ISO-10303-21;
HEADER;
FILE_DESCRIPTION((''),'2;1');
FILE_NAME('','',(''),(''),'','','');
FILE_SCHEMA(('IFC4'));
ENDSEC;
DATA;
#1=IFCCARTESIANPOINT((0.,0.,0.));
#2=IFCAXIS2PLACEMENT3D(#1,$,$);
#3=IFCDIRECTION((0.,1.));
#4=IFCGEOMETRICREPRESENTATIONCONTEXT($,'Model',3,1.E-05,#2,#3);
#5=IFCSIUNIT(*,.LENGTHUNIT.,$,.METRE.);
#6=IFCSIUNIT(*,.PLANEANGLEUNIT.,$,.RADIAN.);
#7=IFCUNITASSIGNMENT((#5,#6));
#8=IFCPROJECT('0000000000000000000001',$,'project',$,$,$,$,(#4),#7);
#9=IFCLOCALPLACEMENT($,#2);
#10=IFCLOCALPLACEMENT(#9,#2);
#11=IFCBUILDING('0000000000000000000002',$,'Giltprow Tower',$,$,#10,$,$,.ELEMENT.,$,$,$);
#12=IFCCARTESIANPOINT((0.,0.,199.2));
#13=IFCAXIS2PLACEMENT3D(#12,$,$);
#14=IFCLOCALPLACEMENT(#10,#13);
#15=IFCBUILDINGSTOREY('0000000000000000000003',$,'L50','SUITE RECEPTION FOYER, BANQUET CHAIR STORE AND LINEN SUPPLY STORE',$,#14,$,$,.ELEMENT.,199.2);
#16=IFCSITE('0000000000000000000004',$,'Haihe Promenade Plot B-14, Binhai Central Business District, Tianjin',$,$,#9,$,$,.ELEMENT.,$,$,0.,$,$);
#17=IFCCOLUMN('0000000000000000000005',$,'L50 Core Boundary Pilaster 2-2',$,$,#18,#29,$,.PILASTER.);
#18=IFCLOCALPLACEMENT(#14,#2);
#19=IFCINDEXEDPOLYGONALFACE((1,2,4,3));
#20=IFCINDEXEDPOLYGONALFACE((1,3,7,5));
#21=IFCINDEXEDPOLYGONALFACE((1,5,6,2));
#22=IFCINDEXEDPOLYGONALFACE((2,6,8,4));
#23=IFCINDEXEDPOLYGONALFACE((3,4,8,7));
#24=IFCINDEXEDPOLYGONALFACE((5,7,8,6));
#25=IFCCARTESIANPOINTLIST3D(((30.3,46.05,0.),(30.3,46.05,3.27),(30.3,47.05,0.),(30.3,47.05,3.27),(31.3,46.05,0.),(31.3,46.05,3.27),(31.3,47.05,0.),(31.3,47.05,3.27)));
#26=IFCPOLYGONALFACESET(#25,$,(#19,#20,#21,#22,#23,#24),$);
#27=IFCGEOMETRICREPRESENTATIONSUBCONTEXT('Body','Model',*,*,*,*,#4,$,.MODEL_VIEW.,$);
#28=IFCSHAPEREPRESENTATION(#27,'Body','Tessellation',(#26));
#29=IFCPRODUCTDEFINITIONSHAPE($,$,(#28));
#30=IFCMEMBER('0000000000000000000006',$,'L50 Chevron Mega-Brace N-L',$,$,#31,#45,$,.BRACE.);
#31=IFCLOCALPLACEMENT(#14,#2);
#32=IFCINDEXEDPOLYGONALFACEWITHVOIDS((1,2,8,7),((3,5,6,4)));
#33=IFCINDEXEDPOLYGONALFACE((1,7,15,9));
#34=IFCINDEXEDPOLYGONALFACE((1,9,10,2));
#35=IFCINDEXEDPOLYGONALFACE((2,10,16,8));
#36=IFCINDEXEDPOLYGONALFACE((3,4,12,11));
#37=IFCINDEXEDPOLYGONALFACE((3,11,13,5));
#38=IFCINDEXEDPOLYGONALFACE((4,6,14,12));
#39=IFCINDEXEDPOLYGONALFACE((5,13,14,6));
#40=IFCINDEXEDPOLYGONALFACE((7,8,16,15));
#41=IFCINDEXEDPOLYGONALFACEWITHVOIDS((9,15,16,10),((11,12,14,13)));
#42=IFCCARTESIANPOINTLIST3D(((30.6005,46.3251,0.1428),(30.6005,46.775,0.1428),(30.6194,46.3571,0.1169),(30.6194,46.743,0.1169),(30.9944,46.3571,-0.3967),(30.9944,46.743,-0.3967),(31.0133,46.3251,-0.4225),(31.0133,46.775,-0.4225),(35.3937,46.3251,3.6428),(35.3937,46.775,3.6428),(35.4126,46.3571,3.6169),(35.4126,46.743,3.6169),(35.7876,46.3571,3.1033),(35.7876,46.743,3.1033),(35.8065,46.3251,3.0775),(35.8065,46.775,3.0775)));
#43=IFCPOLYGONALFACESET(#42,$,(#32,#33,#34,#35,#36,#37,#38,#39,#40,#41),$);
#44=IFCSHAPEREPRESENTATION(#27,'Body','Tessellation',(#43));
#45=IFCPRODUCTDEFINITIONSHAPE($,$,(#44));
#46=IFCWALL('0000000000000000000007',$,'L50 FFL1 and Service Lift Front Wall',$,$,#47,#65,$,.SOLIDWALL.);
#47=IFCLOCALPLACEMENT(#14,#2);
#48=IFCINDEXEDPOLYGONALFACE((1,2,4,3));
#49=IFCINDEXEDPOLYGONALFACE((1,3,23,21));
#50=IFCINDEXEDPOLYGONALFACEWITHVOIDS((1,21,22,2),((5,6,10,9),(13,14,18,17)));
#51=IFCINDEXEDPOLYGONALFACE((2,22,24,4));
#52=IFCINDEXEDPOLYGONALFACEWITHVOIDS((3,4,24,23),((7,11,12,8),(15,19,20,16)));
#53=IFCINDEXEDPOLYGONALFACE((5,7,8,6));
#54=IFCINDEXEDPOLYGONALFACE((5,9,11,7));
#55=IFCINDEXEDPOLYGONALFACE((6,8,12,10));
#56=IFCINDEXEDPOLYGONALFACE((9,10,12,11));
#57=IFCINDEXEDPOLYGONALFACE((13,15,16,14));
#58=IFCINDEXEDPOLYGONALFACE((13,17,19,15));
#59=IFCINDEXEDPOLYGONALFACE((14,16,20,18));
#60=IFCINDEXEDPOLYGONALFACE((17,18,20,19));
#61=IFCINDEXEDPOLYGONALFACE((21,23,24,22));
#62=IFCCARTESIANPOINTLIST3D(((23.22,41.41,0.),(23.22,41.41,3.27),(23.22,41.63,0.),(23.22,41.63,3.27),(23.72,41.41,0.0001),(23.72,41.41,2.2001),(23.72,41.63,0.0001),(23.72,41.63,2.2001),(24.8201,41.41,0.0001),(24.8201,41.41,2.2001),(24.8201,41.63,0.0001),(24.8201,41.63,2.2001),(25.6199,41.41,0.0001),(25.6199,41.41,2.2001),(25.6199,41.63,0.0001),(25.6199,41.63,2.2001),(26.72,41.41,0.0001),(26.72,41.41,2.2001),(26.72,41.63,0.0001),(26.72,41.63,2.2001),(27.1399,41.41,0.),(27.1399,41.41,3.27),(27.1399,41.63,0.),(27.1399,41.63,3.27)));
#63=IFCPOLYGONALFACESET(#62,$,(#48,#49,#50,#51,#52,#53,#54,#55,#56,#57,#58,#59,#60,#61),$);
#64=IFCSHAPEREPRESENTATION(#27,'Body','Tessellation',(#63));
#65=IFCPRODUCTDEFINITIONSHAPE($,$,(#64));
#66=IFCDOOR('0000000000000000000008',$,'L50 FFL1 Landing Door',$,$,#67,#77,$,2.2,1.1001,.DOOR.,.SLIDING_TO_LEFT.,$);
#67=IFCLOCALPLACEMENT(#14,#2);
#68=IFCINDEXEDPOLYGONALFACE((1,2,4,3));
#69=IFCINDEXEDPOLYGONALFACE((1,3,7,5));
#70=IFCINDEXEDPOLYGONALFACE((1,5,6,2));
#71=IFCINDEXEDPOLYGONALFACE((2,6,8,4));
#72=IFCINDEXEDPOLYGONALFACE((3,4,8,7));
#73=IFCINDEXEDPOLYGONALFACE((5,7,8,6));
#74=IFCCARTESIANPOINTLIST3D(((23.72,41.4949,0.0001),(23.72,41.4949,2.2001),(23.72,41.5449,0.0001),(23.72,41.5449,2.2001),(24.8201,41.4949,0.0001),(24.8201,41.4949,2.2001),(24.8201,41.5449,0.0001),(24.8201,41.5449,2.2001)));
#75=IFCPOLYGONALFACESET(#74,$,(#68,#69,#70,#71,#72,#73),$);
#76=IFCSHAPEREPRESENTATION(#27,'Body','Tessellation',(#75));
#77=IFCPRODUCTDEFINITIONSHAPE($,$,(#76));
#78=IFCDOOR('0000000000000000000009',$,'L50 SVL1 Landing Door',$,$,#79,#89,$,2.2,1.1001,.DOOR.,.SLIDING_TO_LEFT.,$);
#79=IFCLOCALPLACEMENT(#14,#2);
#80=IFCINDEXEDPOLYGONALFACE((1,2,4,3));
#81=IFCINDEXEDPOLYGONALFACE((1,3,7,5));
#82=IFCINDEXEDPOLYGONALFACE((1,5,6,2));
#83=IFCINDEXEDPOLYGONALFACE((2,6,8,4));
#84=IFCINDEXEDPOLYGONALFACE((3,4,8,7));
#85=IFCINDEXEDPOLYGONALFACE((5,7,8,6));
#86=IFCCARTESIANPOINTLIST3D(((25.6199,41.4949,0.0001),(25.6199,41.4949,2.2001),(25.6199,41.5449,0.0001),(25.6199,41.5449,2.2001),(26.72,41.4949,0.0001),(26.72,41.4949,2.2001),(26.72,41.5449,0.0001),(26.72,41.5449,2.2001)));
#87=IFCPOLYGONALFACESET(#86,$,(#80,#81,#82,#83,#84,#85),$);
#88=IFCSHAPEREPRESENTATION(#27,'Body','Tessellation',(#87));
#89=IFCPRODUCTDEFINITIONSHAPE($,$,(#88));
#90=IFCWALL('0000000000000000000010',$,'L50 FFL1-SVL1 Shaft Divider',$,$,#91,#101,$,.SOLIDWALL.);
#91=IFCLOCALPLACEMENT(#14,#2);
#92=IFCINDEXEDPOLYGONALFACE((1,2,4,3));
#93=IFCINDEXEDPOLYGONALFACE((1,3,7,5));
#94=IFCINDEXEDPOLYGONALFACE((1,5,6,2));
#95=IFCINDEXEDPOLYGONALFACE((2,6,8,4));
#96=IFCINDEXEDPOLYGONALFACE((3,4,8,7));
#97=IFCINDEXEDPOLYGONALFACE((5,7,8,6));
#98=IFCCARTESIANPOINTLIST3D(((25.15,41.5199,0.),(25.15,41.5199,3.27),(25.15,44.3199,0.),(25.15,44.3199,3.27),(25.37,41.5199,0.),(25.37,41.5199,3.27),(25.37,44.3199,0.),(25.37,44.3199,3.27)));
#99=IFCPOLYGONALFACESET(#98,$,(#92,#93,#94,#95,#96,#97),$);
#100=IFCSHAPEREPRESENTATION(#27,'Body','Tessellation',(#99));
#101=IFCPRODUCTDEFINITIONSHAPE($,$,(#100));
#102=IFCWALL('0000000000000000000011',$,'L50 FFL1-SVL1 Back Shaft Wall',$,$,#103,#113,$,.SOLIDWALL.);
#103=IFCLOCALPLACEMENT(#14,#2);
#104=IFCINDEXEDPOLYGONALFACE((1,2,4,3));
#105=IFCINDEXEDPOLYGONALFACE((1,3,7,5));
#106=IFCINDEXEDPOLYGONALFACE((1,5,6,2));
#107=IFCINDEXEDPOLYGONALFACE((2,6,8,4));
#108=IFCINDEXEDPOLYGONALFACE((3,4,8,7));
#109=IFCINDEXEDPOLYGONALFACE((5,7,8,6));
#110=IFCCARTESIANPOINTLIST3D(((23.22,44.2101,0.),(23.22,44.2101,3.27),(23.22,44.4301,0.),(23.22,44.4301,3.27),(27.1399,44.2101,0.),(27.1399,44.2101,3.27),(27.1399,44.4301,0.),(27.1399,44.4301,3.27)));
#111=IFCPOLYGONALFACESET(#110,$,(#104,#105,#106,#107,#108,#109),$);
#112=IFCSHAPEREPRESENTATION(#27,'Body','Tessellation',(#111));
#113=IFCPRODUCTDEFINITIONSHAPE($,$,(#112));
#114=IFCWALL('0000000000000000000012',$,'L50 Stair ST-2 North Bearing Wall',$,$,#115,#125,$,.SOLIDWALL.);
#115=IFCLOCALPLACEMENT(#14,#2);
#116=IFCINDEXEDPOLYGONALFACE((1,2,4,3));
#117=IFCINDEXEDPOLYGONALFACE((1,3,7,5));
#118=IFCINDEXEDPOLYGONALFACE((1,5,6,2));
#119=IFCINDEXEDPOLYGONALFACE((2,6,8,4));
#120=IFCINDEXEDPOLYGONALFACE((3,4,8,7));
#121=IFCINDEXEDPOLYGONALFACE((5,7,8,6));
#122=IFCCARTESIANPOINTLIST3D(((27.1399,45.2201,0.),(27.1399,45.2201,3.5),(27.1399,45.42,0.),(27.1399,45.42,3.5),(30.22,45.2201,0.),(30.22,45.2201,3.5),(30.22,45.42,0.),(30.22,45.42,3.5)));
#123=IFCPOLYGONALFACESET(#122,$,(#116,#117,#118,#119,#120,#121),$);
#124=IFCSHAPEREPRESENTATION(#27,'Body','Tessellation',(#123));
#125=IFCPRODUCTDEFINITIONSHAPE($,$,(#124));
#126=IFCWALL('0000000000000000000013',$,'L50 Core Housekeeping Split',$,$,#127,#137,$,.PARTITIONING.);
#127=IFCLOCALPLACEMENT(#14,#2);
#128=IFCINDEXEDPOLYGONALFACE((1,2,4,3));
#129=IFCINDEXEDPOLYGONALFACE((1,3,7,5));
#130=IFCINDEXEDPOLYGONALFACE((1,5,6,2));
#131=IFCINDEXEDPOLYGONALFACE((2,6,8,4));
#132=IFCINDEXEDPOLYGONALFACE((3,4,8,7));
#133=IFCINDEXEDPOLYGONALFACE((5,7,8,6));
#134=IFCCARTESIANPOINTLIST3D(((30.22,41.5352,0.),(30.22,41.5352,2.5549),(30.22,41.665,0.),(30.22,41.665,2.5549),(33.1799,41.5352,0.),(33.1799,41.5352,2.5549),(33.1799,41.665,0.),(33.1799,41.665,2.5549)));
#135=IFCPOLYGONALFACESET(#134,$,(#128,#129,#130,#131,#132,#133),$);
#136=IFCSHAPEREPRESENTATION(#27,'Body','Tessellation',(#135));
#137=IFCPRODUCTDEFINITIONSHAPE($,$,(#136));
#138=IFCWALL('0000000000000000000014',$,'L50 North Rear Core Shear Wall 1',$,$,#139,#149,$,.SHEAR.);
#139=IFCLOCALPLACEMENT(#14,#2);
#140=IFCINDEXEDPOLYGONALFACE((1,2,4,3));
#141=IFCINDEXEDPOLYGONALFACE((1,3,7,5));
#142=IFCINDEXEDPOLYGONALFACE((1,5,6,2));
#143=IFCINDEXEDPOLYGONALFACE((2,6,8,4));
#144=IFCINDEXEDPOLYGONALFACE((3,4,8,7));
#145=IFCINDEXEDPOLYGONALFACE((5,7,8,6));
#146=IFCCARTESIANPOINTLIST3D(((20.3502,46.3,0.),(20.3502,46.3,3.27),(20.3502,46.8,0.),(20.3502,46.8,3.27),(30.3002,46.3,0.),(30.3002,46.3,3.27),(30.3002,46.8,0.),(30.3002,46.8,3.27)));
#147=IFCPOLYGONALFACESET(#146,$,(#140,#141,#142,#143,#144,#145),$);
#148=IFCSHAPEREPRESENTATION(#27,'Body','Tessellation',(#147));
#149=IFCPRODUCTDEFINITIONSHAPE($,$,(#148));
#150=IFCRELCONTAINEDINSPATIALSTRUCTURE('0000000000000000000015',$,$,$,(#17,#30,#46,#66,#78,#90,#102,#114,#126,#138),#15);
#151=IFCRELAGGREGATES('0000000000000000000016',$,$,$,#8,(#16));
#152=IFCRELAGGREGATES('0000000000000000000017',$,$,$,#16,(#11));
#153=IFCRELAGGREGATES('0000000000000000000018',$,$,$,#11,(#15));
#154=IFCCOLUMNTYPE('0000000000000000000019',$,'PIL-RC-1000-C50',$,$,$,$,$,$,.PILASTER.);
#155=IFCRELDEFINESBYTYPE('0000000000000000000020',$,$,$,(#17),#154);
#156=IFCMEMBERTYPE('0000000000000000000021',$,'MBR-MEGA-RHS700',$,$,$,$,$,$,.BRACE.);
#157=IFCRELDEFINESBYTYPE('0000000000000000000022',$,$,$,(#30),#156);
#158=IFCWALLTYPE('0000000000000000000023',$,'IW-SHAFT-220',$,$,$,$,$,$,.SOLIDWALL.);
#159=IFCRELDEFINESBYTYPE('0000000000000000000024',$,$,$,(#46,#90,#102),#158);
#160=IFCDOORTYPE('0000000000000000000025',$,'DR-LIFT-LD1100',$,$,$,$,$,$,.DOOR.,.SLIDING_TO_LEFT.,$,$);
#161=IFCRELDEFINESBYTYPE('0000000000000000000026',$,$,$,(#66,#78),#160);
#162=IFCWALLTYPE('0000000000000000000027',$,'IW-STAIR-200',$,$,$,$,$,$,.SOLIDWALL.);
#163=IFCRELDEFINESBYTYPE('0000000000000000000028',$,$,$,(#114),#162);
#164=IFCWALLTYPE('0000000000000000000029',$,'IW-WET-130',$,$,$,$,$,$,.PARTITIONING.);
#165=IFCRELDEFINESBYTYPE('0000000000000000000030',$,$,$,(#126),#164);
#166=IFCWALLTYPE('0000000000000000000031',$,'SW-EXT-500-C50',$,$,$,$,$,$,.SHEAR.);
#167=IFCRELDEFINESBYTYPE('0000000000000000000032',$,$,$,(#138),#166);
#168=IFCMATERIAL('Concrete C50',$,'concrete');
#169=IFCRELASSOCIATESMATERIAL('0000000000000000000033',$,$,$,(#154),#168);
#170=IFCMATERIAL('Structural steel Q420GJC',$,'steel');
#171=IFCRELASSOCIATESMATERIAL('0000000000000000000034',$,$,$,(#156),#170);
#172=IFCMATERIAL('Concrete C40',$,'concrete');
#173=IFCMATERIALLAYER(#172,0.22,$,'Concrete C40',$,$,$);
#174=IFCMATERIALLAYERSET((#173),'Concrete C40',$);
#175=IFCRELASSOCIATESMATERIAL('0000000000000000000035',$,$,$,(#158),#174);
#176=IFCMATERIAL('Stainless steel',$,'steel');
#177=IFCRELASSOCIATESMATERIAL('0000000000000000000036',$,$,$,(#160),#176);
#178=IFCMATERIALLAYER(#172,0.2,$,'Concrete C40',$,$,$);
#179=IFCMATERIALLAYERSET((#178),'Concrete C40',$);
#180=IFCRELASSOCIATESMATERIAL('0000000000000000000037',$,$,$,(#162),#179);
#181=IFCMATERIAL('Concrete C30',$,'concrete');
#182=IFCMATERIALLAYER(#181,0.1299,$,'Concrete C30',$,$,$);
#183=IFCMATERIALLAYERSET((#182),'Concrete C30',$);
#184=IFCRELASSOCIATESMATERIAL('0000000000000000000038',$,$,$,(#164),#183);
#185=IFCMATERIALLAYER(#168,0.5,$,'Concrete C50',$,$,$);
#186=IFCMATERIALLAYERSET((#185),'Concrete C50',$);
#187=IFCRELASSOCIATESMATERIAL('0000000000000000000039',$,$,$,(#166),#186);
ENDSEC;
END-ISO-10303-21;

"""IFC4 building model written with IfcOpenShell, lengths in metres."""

from ifc_helpers import new_model, si_unit, direction, frame, frame_2d, origin, origin_2d, place, context, subcontext, project, spatial, rectangle, hollow_rectangle, extrude, source, transform, mapped, material, layer, layer_set, material_profile, profile_set, type_object, element, fill, save


model = new_model("IFC4")

# Units and contexts
model_context = context("Model", 3, precision=1e-05, world=origin(), true_north=direction((0.0, 1.0)))
body_context = subcontext(model_context, "Body", "Model", "MODEL_VIEW")
ifc_project = project(units=[si_unit("LENGTHUNIT", "METRE"), si_unit("PLANEANGLEUNIT", "RADIAN")], contexts=[model_context])

# Site, building, storey
site_placement = place(None, origin())
site = spatial("IfcSite", under=ifc_project, at=site_placement, Name="Haihe Promenade Plot B-14, Binhai Central Business District, Tianjin", CompositionType="ELEMENT", RefElevation=0.0)
building_placement = place(site_placement, origin())
building = spatial("IfcBuilding", under=site, at=building_placement, Name="Giltprow Tower", CompositionType="ELEMENT")
storey_placement = place(building_placement, frame((0.0, 0.0, 199.2)))
storey = spatial("IfcBuildingStorey", under=building, at=storey_placement, Name="L50", Description="SUITE RECEPTION FOYER, BANQUET CHAIR STORE AND LINEN SUPPLY STORE", CompositionType="ELEMENT", Elevation=199.2)

# Column
ifc_material_1 = material(Name="Concrete C50", Category="concrete")
ifc_material_profile_1 = material_profile(ifc_material_1, rectangle(XDim=1.0, YDim=1.0, at=origin_2d()), Name="RC 1000x1000")
ifc_profile_set_1 = profile_set([ifc_material_profile_1], Name="Concrete C50")
column_type = type_object("IfcColumnType", Name="PIL-RC-1000-C50", PredefinedType="PILASTER", material=ifc_profile_set_1)
shared_shape_1 = source(origin(), body_context, "Body", "SweptSolid", [
    extrude(rectangle(XDim=1.0, YDim=1.0, at=origin_2d()), origin(), (0.0, 0.0, 1.0), 3.27),
])
column_placement = place(storey_placement, frame((30.8, 46.55, 0.0), z_axis=(0.0, 0.0, 1.0), x_axis=(1.0, 0.0, 0.0)))
element("IfcColumn", 1, at=column_placement, inside=storey, type_object=column_type, Name="L50 Core Boundary Pilaster 2-2", PredefinedType="PILASTER", context=body_context, shape_type="MappedRepresentation", body=[
    mapped(shared_shape_1, transform((0.0, 0.0, 0.0), x_axis=(1.0, 0.0, 0.0), y_axis=(0.0, 1.0, 0.0), z_axis=(0.0, 0.0, 1.0), scale=1.0)),
])

# Member
ifc_material_2 = material(Name="Structural steel Q420GJC", Category="steel")
ifc_material_profile_2 = material_profile(ifc_material_2, hollow_rectangle(XDim=0.45, YDim=0.7, WallThickness=0.032, at=origin_2d()), Name="RHS 700x450x32")
ifc_profile_set_2 = profile_set([ifc_material_profile_2], Name="Structural steel Q420GJC")
member_type = type_object("IfcMemberType", Name="MBR-MEGA-RHS700", PredefinedType="BRACE", material=ifc_profile_set_2)
shared_shape_2 = source(origin(), body_context, "Body", "SweptSolid", [
    extrude(hollow_rectangle(XDim=0.45, YDim=0.7, WallThickness=0.032, at=origin_2d()), origin(), (0.0, 0.0, 1.0), 5.9351),
])
member_placement = place(storey_placement, frame((30.8069, 46.55, -0.1399), z_axis=(0.80761, 0.0, 0.589716), x_axis=(0.0, 1.0, 0.0)))
element("IfcMember", 2, at=member_placement, inside=storey, type_object=member_type, Name="L50 Chevron Mega-Brace N-L", PredefinedType="BRACE", context=body_context, shape_type="MappedRepresentation", body=[
    mapped(shared_shape_2, transform((0.0, 0.0, 0.0), x_axis=(1.0, 0.0, 0.0), y_axis=(0.0, 1.0, 0.0), z_axis=(0.0, 0.0, 1.0), scale=1.0)),
])

# Wall, openings, doors
ifc_material_3 = material(Name="Concrete C40", Category="concrete")
ifc_layer_1 = layer(ifc_material_3, 0.22, Name="Concrete C40")
ifc_layer_set_1 = layer_set([ifc_layer_1], Name="Concrete C40")
wall_type_1 = type_object("IfcWallType", Name="IW-SHAFT-220", PredefinedType="SOLIDWALL", material=ifc_layer_set_1)
wall_1_placement = place(storey_placement, frame((23.22, 41.52, 0.0), z_axis=(0.0, 0.0, 1.0), x_axis=(1.0, 0.0, 0.0)))
wall_1 = element("IfcWall", 3, at=wall_1_placement, inside=storey, type_object=wall_type_1, Name="L50 FFL1 and Service Lift Front Wall", PredefinedType="SOLIDWALL", context=body_context, shape_type="SweptSolid", body=[
    extrude(rectangle(XDim=3.9199, YDim=0.22, at=frame_2d((1.96, 0.0))), origin(), (0.0, 0.0, 1.0), 3.27),
])
opening_1_placement = place(wall_1_placement, frame((0.5, 0.0, 0.0)))
opening_1 = element("IfcOpeningElement", 4, at=opening_1_placement, cuts=wall_1, PredefinedType="OPENING", context=body_context, shape_type="SweptSolid", body=[
    extrude(rectangle(XDim=1.1001, YDim=2.2, at=frame_2d((0.55, 1.1001))), frame((0.0, 0.1199, 0.0), z_axis=(0.0, -1.0, 0.0), x_axis=(1.0, 0.0, 0.0)), (0.0, 0.0, 1.0), 0.24),
])
opening_2_placement = place(wall_1_placement, frame((2.3999, 0.0, 0.0)))
opening_2 = element("IfcOpeningElement", 5, at=opening_2_placement, cuts=wall_1, PredefinedType="OPENING", context=body_context, shape_type="SweptSolid", body=[
    extrude(rectangle(XDim=1.1001, YDim=2.2, at=frame_2d((0.55, 1.1001))), frame((0.0, 0.1199, 0.0), z_axis=(0.0, -1.0, 0.0), x_axis=(1.0, 0.0, 0.0)), (0.0, 0.0, 1.0), 0.24),
])
ifc_material_4 = material(Name="Stainless steel", Category="steel")
door_type = type_object("IfcDoorType", Name="DR-LIFT-LD1100", OperationType="SLIDING_TO_LEFT", PredefinedType="DOOR", material=ifc_material_4)
shared_shape_3 = source(origin(), body_context, "Body", "SweptSolid", [
    extrude(rectangle(XDim=1.1001, YDim=2.2, at=frame_2d((0.55, 1.1001))), frame((0.0, 0.0249, 0.0), z_axis=(0.0, -1.0, 0.0), x_axis=(1.0, 0.0, 0.0)), (0.0, 0.0, 1.0), 0.05),
])
door_1_placement = place(opening_1_placement, origin())
door_1 = element("IfcDoor", 6, at=door_1_placement, inside=storey, type_object=door_type, Name="L50 FFL1 Landing Door", OperationType="SLIDING_TO_LEFT", OverallHeight=2.2, OverallWidth=1.1001, PredefinedType="DOOR", context=body_context, shape_type="MappedRepresentation", body=[
    mapped(shared_shape_3, transform((0.0, 0.0, 0.0), x_axis=(1.0, 0.0, 0.0), y_axis=(0.0, 1.0, 0.0), z_axis=(0.0, 0.0, 1.0), scale=1.0)),
])
fill(opening_1, door_1)
door_2_placement = place(opening_2_placement, origin())
door_2 = element("IfcDoor", 7, at=door_2_placement, inside=storey, type_object=door_type, Name="L50 SVL1 Landing Door", OperationType="SLIDING_TO_LEFT", OverallHeight=2.2, OverallWidth=1.1001, PredefinedType="DOOR", context=body_context, shape_type="MappedRepresentation", body=[
    mapped(shared_shape_3, transform((0.0, 0.0, 0.0), x_axis=(1.0, 0.0, 0.0), y_axis=(0.0, 1.0, 0.0), z_axis=(0.0, 0.0, 1.0), scale=1.0)),
])
fill(opening_2, door_2)

# Walls
wall_2_placement = place(storey_placement, frame((25.26, 41.52, 0.0), z_axis=(0.0, 0.0, 1.0), x_axis=(0.0, 1.0, 0.0)))
element("IfcWall", 8, at=wall_2_placement, inside=storey, type_object=wall_type_1, Name="L50 FFL1-SVL1 Shaft Divider", PredefinedType="SOLIDWALL", context=body_context, shape_type="SweptSolid", body=[
    extrude(rectangle(XDim=2.8, YDim=0.22, at=frame_2d((1.3999, 0.0))), origin(), (0.0, 0.0, 1.0), 3.27),
])
wall_3_placement = place(storey_placement, frame((23.22, 44.3201, 0.0), z_axis=(0.0, 0.0, 1.0), x_axis=(1.0, 0.0, 0.0)))
element("IfcWall", 9, at=wall_3_placement, inside=storey, type_object=wall_type_1, Name="L50 FFL1-SVL1 Back Shaft Wall", PredefinedType="SOLIDWALL", context=body_context, shape_type="SweptSolid", body=[
    extrude(rectangle(XDim=3.9199, YDim=0.22, at=frame_2d((1.96, 0.0))), origin(), (0.0, 0.0, 1.0), 3.27),
])
ifc_layer_2 = layer(ifc_material_3, 0.2, Name="Concrete C40")
ifc_layer_set_2 = layer_set([ifc_layer_2], Name="Concrete C40")
wall_type_2 = type_object("IfcWallType", Name="IW-STAIR-200", PredefinedType="SOLIDWALL", material=ifc_layer_set_2)
wall_4_placement = place(storey_placement, frame((27.1399, 45.3201, 0.0), z_axis=(0.0, 0.0, 1.0), x_axis=(1.0, 0.0, 0.0)))
element("IfcWall", 10, at=wall_4_placement, inside=storey, type_object=wall_type_2, Name="L50 Stair ST-2 North Bearing Wall", PredefinedType="SOLIDWALL", context=body_context, shape_type="SweptSolid", body=[
    extrude(rectangle(XDim=3.0801, YDim=0.2, at=frame_2d((1.54, 0.0))), origin(), (0.0, 0.0, 1.0), 3.5),
])
ifc_material_5 = material(Name="Concrete C30", Category="concrete")
ifc_layer_3 = layer(ifc_material_5, 0.1299, Name="Concrete C30")
ifc_layer_set_3 = layer_set([ifc_layer_3], Name="Concrete C30")
wall_type_3 = type_object("IfcWallType", Name="IW-WET-130", PredefinedType="PARTITIONING", material=ifc_layer_set_3)
wall_5_placement = place(storey_placement, frame((30.22, 41.6001, 0.0), z_axis=(0.0, 0.0, 1.0), x_axis=(1.0, 0.0, 0.0)))
element("IfcWall", 11, at=wall_5_placement, inside=storey, type_object=wall_type_3, Name="L50 Core Housekeeping Split", PredefinedType="PARTITIONING", context=body_context, shape_type="SweptSolid", body=[
    extrude(rectangle(XDim=2.96, YDim=0.1299, at=frame_2d((1.48, 0.0))), origin(), (0.0, 0.0, 1.0), 2.5549),
])
ifc_layer_4 = layer(ifc_material_1, 0.5, Name="Concrete C50")
ifc_layer_set_4 = layer_set([ifc_layer_4], Name="Concrete C50")
wall_type_4 = type_object("IfcWallType", Name="SW-EXT-500-C50", PredefinedType="SHEAR", material=ifc_layer_set_4)
wall_6_placement = place(storey_placement, frame((20.3501, 46.55, 0.0), z_axis=(0.0, 0.0, 1.0), x_axis=(1.0, 0.0, 0.0)))
element("IfcWall", 12, at=wall_6_placement, inside=storey, type_object=wall_type_4, Name="L50 North Rear Core Shear Wall 1", PredefinedType="SHEAR", context=body_context, shape_type="SweptSolid", body=[
    extrude(rectangle(XDim=9.95, YDim=0.5, at=frame_2d((4.9751, 0.0))), origin(), (0.0, 0.0, 1.0), 3.27),
])

save(model, "model.ifc")
